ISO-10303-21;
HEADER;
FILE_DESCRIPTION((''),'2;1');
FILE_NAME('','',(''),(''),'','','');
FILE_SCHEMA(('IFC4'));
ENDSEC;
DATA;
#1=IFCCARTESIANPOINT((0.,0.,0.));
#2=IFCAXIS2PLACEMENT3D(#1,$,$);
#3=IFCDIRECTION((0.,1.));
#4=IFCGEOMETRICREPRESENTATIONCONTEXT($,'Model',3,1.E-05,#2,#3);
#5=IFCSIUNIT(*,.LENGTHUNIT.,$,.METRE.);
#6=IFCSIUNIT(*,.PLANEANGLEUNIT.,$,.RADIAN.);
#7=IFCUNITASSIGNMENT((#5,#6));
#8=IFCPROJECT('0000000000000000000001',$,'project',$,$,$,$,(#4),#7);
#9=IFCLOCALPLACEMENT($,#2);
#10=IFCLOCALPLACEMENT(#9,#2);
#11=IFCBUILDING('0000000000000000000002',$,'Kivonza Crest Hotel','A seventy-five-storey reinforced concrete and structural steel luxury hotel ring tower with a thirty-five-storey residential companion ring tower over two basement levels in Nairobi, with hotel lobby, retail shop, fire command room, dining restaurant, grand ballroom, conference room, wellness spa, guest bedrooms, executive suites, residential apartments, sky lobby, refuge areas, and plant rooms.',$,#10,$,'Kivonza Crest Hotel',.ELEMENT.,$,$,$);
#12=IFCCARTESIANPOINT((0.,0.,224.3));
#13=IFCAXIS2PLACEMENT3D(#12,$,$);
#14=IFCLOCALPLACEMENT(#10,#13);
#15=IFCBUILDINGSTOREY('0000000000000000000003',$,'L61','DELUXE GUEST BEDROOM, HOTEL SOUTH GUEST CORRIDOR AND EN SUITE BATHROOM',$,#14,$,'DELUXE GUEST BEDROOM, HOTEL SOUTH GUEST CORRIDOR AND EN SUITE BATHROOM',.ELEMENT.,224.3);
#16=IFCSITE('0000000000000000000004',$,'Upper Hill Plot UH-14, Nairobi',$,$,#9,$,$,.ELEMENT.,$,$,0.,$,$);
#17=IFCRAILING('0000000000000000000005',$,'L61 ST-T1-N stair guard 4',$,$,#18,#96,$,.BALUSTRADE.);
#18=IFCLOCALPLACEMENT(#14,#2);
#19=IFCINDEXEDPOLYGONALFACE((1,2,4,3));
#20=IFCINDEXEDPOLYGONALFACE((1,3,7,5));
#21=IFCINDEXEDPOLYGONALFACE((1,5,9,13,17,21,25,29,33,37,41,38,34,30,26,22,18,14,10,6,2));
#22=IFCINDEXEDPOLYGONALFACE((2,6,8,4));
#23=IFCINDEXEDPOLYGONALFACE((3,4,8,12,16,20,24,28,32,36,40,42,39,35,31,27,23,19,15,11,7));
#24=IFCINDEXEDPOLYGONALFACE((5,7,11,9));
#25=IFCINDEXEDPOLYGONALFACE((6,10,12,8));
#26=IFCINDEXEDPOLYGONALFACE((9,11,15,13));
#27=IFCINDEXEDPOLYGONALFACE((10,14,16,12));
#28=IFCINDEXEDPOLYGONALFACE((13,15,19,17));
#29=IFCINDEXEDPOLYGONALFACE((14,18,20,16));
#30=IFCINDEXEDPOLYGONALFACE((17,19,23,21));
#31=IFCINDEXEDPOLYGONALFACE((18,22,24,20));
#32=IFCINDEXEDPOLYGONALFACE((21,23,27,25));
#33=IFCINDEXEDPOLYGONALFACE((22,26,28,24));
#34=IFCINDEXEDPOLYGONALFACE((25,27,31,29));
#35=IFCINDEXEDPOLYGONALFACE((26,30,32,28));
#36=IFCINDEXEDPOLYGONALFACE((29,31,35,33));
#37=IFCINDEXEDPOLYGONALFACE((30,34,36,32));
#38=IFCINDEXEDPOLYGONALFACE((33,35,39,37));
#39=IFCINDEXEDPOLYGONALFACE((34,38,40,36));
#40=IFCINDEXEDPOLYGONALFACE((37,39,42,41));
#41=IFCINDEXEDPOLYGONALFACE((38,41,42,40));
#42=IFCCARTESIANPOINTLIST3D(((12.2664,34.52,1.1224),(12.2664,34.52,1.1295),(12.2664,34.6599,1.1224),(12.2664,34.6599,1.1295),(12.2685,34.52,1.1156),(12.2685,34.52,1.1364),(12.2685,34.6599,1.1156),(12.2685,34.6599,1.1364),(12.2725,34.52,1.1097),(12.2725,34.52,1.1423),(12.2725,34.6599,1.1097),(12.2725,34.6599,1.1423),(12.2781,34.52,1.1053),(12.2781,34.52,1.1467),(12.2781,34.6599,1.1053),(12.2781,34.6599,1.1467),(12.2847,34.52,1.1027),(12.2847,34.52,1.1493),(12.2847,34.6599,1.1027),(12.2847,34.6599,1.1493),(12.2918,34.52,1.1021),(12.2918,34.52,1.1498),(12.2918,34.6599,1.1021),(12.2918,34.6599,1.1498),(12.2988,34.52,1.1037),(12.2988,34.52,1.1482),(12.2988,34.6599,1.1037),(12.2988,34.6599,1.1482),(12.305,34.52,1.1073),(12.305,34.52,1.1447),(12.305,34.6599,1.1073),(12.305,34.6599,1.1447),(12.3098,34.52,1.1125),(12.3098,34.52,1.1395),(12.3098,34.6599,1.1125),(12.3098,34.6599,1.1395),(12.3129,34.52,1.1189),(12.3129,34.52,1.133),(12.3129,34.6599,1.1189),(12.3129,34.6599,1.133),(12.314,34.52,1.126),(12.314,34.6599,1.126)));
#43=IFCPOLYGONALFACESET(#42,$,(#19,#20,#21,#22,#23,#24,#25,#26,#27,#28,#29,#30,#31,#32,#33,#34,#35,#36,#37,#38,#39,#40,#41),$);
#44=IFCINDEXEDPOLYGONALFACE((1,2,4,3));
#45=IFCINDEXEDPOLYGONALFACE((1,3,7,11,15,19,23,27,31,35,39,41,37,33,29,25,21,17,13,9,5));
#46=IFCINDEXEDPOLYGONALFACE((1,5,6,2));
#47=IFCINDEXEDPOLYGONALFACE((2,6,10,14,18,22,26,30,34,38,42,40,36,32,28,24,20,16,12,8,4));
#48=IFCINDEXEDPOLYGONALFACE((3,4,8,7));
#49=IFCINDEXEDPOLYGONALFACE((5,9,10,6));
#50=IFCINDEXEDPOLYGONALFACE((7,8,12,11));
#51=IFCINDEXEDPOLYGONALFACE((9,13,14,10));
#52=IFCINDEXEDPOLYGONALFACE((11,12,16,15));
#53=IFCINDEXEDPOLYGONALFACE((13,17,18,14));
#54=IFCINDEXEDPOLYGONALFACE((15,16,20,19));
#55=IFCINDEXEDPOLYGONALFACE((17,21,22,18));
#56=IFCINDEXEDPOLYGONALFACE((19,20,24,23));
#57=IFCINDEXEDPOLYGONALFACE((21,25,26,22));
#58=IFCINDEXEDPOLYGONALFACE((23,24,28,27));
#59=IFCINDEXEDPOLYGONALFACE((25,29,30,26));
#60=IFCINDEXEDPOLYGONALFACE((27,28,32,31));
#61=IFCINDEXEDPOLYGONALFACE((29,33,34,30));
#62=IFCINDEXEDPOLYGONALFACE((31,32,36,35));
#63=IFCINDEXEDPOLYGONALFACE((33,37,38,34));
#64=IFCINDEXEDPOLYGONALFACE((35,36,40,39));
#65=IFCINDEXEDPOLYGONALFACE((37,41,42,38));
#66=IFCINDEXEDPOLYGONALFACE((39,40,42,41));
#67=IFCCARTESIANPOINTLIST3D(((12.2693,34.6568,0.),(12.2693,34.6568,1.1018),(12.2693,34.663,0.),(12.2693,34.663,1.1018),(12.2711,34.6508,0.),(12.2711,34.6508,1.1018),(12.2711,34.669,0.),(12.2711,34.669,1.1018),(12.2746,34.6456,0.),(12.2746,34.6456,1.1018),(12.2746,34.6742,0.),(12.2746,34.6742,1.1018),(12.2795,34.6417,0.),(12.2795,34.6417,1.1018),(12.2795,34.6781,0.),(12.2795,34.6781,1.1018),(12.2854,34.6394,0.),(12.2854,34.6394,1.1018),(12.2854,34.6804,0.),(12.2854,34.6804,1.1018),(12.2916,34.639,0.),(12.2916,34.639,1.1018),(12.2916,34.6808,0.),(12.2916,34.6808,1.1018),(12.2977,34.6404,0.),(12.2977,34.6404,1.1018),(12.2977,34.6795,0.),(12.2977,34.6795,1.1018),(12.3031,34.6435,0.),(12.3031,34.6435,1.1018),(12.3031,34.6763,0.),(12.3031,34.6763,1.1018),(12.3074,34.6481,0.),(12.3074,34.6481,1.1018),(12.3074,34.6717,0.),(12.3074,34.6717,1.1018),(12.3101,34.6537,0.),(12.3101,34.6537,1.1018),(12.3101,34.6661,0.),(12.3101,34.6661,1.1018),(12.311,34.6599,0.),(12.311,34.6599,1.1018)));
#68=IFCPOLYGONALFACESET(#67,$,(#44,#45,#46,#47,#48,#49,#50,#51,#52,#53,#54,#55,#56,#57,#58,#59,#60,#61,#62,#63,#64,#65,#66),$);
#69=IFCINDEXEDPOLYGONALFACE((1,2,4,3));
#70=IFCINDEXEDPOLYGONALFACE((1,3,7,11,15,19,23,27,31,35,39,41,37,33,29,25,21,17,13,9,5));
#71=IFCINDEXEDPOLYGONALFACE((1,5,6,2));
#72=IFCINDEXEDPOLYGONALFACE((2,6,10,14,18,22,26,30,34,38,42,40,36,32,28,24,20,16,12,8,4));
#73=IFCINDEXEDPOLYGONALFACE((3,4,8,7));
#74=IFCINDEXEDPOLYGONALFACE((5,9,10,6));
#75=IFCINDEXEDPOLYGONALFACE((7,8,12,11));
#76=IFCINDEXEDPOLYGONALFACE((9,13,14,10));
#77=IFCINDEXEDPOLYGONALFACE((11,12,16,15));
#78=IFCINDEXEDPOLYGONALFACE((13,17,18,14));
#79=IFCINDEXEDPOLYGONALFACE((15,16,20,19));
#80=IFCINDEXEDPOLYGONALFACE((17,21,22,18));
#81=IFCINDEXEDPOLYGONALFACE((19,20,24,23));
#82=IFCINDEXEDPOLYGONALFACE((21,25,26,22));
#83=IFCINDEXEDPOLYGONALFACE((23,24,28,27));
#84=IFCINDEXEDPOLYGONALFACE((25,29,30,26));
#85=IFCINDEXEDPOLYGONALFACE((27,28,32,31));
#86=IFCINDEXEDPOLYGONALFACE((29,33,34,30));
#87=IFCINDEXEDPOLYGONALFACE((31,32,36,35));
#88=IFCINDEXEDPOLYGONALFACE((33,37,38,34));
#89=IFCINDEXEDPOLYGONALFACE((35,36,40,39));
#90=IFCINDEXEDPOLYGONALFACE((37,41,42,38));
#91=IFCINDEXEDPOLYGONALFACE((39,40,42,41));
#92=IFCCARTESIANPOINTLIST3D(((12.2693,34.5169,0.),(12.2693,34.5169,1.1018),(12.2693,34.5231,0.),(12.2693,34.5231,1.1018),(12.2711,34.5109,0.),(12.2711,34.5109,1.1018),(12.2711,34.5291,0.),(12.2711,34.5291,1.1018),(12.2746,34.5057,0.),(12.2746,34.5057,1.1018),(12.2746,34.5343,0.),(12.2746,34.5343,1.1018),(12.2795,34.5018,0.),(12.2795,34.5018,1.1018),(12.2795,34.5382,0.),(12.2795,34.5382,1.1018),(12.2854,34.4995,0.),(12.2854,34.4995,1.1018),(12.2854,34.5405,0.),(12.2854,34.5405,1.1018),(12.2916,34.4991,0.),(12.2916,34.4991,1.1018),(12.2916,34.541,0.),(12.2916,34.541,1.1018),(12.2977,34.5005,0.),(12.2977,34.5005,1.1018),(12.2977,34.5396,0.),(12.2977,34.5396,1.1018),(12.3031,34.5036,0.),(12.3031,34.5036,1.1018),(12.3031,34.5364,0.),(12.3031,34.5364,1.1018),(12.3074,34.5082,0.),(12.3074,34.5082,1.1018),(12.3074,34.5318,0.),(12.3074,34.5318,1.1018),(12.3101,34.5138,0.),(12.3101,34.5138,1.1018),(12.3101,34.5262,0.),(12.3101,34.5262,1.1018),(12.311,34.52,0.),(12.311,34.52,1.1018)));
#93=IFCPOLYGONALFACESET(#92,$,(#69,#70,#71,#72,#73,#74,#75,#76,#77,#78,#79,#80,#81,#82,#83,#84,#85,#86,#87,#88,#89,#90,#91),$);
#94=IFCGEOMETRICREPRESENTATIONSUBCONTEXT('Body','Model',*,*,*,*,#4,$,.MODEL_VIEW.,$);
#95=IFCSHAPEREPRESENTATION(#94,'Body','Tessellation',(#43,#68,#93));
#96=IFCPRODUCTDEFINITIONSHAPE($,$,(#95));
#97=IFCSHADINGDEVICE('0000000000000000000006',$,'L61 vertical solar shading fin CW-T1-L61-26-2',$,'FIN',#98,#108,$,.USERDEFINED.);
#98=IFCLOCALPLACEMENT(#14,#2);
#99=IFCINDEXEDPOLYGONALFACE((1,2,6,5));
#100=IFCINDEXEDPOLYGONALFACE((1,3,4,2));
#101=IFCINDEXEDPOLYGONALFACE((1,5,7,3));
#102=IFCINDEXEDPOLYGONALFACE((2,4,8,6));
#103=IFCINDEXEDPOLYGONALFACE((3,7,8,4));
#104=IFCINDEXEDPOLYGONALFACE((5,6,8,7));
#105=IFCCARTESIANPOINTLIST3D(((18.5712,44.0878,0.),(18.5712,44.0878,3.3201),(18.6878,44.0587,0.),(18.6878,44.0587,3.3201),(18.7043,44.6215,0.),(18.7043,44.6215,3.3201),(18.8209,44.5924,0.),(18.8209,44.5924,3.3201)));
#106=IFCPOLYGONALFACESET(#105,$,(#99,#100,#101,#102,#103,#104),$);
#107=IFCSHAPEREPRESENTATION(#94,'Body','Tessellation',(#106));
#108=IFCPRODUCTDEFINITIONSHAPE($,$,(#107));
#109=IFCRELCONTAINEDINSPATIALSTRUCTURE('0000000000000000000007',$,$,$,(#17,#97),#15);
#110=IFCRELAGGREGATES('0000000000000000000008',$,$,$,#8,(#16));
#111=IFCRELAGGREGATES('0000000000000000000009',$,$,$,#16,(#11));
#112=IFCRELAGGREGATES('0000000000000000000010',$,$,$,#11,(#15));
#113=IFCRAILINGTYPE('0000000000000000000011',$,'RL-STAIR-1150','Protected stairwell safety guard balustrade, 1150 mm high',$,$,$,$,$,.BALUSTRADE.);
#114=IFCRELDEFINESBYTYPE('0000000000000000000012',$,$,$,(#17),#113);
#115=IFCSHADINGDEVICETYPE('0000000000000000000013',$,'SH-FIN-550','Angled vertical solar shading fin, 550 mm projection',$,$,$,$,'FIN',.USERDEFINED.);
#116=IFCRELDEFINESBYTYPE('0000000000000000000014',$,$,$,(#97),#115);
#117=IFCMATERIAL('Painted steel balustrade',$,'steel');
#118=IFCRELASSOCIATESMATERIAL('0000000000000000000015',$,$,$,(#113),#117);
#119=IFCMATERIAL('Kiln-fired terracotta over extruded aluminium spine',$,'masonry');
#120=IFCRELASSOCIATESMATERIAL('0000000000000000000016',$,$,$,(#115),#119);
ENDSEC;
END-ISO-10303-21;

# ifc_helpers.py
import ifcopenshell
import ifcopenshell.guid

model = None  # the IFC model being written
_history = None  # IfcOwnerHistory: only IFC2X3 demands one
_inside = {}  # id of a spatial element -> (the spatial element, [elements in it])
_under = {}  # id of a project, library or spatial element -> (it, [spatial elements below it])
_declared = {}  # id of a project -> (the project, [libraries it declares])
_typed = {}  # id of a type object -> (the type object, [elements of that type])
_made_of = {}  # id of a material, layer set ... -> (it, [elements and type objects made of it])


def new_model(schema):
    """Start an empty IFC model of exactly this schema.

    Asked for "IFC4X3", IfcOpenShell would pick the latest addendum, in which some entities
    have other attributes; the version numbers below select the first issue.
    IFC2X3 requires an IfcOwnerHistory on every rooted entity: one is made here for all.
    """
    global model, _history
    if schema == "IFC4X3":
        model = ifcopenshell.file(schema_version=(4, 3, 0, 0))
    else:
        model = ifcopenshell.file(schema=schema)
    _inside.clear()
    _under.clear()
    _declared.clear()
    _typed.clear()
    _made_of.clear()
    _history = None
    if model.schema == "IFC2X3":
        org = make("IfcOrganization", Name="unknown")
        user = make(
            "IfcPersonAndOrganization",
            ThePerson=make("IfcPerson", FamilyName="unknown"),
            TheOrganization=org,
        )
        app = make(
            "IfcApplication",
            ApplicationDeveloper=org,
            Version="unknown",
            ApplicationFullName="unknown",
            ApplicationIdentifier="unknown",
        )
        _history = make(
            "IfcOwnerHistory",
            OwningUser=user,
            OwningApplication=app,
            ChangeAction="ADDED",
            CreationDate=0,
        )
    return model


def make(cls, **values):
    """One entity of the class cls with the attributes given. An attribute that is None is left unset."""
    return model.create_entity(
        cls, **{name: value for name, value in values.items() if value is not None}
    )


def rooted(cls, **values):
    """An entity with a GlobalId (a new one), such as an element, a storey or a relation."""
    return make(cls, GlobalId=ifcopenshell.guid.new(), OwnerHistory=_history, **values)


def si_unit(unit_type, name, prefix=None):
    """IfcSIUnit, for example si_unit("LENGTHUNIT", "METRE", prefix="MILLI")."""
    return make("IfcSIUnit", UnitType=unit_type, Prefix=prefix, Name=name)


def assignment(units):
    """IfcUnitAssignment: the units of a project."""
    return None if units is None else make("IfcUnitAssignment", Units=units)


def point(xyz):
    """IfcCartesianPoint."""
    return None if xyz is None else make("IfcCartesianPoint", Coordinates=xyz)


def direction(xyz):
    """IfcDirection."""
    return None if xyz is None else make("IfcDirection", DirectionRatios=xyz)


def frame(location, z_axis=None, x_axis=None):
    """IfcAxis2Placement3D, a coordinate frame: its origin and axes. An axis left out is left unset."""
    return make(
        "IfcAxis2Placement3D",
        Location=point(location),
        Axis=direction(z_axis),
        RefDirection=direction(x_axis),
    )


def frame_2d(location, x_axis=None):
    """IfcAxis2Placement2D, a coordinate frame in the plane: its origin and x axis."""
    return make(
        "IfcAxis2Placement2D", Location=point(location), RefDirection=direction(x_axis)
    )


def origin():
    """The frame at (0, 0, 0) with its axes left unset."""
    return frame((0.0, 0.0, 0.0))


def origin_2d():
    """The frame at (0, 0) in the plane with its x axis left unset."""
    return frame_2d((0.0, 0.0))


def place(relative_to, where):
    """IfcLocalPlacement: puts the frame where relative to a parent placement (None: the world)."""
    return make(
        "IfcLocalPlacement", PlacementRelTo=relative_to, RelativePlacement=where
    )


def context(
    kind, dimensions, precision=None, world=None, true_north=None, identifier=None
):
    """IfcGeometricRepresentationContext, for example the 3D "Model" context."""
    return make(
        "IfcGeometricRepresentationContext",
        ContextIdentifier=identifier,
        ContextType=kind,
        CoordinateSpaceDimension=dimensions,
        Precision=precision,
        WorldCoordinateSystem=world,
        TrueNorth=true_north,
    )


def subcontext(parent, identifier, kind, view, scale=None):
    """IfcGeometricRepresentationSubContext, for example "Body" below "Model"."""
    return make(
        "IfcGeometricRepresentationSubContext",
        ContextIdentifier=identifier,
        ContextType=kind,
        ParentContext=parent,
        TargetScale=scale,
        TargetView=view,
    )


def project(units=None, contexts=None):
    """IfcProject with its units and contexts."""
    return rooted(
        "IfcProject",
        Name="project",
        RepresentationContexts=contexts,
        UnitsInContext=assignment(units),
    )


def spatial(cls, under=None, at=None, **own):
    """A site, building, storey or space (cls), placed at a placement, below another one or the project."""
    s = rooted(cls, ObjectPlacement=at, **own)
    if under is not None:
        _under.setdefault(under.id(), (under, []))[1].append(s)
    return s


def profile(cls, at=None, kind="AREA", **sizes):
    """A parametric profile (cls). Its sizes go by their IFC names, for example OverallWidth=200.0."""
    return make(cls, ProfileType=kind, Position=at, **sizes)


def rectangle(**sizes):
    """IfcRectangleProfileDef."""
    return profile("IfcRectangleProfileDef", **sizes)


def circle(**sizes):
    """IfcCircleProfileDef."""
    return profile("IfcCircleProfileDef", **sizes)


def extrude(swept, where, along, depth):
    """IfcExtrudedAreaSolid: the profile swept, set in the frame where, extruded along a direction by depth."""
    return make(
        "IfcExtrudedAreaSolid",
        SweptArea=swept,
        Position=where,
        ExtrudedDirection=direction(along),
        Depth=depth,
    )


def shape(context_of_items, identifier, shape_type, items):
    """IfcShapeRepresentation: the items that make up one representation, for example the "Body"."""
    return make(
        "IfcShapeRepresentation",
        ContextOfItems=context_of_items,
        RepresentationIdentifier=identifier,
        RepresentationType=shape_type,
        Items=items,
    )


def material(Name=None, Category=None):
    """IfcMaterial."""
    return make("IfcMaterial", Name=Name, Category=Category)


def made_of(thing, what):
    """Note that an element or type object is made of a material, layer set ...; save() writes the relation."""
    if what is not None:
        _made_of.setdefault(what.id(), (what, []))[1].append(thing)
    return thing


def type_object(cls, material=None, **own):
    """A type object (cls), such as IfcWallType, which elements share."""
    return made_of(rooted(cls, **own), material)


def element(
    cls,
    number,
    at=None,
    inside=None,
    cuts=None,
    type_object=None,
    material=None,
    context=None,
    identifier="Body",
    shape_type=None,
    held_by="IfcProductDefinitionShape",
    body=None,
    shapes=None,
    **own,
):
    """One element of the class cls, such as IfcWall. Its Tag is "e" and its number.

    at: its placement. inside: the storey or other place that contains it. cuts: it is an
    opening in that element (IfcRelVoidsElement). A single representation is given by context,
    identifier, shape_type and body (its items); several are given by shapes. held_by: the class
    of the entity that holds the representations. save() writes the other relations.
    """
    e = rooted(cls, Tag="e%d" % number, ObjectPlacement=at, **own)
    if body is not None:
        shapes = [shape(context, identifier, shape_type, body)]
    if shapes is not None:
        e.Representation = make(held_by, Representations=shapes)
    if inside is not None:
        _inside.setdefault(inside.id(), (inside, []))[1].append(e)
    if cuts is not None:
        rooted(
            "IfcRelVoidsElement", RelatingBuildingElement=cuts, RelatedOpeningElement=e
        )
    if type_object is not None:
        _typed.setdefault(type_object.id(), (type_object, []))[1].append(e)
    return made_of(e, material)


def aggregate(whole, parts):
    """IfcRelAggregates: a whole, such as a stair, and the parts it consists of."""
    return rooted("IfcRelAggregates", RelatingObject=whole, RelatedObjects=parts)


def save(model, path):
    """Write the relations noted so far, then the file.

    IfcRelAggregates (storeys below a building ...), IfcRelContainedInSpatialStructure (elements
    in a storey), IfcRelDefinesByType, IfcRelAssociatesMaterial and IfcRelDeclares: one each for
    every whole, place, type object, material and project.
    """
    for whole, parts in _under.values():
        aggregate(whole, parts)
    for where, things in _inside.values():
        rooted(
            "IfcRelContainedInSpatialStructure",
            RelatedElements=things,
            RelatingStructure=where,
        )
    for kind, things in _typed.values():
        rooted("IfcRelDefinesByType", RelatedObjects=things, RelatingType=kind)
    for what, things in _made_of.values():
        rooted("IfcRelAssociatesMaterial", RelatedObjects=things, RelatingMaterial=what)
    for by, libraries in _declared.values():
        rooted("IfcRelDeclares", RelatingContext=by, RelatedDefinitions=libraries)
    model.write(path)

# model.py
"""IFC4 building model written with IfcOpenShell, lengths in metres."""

from ifc_helpers import new_model, si_unit, direction, frame, origin, origin_2d, place, context, subcontext, project, spatial, rectangle, circle, extrude, material, type_object, element, save


model = new_model("IFC4")

# Units and contexts
model_context = context("Model", 3, precision=1e-05, world=origin(), true_north=direction((0.0, 1.0)))
body_context = subcontext(model_context, "Body", "Model", "MODEL_VIEW")
ifc_project = project(units=[si_unit("LENGTHUNIT", "METRE"), si_unit("PLANEANGLEUNIT", "RADIAN")], contexts=[model_context])

# Site, building, storey
site_placement = place(None, origin())
site = spatial("IfcSite", under=ifc_project, at=site_placement, Name="Upper Hill Plot UH-14, Nairobi", CompositionType="ELEMENT", RefElevation=0.0)
building_placement = place(site_placement, origin())
building = spatial("IfcBuilding", under=site, at=building_placement, Name="Kivonza Crest Hotel", Description="A seventy-five-storey reinforced concrete and structural steel luxury hotel ring tower with a thirty-five-storey residential companion ring tower over two basement levels in Nairobi, with hotel lobby, retail shop, fire command room, dining restaurant, grand ballroom, conference room, wellness spa, guest bedrooms, executive suites, residential apartments, sky lobby, refuge areas, and plant rooms.", LongName="Kivonza Crest Hotel", CompositionType="ELEMENT")
storey_placement = place(building_placement, frame((0.0, 0.0, 224.3)))
storey = spatial("IfcBuildingStorey", under=building, at=storey_placement, Name="L61", Description="DELUXE GUEST BEDROOM, HOTEL SOUTH GUEST CORRIDOR AND EN SUITE BATHROOM", LongName="DELUXE GUEST BEDROOM, HOTEL SOUTH GUEST CORRIDOR AND EN SUITE BATHROOM", CompositionType="ELEMENT", Elevation=224.3)

# Railing
ifc_material_1 = material(Name="Painted steel balustrade", Category="steel")
railing_type_1 = type_object("IfcRailingType", Name="RL-STAIR-1150", Description="Protected stairwell safety guard balustrade, 1150 mm high", PredefinedType="BALUSTRADE", material=ifc_material_1)
railing_1_placement = place(storey_placement, frame((12.29, 34.6599, 0.0)))
element("IfcRailing", 1, at=railing_1_placement, inside=storey, type_object=railing_type_1, Name="L61 ST-T1-N stair guard 4", PredefinedType="BALUSTRADE", context=body_context, shape_type="SweptSolid", body=[
    extrude(circle(Radius=0.0239, at=origin_2d()), frame((0.0, 0.0, 1.126), z_axis=(0.0, -1.0, 0.0), x_axis=(1.0, 0.0, 0.0)), (0.0, 0.0, 1.0), 0.1399),
    extrude(circle(Radius=0.021, at=origin_2d()), origin(), (0.0, 0.0, 1.0), 1.1018),
    extrude(circle(Radius=0.021, at=origin_2d()), frame((0.0, -0.1399, 0.0)), (0.0, 0.0, 1.0), 1.1018),
])

# Shading device
ifc_material_2 = material(Name="Kiln-fired terracotta over extruded aluminium spine", Category="masonry")
shading_device_type = type_object("IfcShadingDeviceType", Name="SH-FIN-550", Description="Angled vertical solar shading fin, 550 mm projection", ElementType="FIN", PredefinedType="USERDEFINED", material=ifc_material_2)
shading_device_placement = place(storey_placement, frame((18.696, 44.3401, 0.0), z_axis=(0.0, 0.0, 1.0), x_axis=(-0.970296, 0.241922, 0.0)))
element("IfcShadingDevice", 2, at=shading_device_placement, inside=storey, type_object=shading_device_type, Name="L61 vertical solar shading fin CW-T1-L61-26-2", ObjectType="FIN", PredefinedType="USERDEFINED", context=body_context, shape_type="SweptSolid", body=[
    extrude(rectangle(XDim=0.1201, YDim=0.55, at=origin_2d()), origin(), (0.0, 0.0, 1.0), 3.3201),
])

save(model, "model.ifc")
